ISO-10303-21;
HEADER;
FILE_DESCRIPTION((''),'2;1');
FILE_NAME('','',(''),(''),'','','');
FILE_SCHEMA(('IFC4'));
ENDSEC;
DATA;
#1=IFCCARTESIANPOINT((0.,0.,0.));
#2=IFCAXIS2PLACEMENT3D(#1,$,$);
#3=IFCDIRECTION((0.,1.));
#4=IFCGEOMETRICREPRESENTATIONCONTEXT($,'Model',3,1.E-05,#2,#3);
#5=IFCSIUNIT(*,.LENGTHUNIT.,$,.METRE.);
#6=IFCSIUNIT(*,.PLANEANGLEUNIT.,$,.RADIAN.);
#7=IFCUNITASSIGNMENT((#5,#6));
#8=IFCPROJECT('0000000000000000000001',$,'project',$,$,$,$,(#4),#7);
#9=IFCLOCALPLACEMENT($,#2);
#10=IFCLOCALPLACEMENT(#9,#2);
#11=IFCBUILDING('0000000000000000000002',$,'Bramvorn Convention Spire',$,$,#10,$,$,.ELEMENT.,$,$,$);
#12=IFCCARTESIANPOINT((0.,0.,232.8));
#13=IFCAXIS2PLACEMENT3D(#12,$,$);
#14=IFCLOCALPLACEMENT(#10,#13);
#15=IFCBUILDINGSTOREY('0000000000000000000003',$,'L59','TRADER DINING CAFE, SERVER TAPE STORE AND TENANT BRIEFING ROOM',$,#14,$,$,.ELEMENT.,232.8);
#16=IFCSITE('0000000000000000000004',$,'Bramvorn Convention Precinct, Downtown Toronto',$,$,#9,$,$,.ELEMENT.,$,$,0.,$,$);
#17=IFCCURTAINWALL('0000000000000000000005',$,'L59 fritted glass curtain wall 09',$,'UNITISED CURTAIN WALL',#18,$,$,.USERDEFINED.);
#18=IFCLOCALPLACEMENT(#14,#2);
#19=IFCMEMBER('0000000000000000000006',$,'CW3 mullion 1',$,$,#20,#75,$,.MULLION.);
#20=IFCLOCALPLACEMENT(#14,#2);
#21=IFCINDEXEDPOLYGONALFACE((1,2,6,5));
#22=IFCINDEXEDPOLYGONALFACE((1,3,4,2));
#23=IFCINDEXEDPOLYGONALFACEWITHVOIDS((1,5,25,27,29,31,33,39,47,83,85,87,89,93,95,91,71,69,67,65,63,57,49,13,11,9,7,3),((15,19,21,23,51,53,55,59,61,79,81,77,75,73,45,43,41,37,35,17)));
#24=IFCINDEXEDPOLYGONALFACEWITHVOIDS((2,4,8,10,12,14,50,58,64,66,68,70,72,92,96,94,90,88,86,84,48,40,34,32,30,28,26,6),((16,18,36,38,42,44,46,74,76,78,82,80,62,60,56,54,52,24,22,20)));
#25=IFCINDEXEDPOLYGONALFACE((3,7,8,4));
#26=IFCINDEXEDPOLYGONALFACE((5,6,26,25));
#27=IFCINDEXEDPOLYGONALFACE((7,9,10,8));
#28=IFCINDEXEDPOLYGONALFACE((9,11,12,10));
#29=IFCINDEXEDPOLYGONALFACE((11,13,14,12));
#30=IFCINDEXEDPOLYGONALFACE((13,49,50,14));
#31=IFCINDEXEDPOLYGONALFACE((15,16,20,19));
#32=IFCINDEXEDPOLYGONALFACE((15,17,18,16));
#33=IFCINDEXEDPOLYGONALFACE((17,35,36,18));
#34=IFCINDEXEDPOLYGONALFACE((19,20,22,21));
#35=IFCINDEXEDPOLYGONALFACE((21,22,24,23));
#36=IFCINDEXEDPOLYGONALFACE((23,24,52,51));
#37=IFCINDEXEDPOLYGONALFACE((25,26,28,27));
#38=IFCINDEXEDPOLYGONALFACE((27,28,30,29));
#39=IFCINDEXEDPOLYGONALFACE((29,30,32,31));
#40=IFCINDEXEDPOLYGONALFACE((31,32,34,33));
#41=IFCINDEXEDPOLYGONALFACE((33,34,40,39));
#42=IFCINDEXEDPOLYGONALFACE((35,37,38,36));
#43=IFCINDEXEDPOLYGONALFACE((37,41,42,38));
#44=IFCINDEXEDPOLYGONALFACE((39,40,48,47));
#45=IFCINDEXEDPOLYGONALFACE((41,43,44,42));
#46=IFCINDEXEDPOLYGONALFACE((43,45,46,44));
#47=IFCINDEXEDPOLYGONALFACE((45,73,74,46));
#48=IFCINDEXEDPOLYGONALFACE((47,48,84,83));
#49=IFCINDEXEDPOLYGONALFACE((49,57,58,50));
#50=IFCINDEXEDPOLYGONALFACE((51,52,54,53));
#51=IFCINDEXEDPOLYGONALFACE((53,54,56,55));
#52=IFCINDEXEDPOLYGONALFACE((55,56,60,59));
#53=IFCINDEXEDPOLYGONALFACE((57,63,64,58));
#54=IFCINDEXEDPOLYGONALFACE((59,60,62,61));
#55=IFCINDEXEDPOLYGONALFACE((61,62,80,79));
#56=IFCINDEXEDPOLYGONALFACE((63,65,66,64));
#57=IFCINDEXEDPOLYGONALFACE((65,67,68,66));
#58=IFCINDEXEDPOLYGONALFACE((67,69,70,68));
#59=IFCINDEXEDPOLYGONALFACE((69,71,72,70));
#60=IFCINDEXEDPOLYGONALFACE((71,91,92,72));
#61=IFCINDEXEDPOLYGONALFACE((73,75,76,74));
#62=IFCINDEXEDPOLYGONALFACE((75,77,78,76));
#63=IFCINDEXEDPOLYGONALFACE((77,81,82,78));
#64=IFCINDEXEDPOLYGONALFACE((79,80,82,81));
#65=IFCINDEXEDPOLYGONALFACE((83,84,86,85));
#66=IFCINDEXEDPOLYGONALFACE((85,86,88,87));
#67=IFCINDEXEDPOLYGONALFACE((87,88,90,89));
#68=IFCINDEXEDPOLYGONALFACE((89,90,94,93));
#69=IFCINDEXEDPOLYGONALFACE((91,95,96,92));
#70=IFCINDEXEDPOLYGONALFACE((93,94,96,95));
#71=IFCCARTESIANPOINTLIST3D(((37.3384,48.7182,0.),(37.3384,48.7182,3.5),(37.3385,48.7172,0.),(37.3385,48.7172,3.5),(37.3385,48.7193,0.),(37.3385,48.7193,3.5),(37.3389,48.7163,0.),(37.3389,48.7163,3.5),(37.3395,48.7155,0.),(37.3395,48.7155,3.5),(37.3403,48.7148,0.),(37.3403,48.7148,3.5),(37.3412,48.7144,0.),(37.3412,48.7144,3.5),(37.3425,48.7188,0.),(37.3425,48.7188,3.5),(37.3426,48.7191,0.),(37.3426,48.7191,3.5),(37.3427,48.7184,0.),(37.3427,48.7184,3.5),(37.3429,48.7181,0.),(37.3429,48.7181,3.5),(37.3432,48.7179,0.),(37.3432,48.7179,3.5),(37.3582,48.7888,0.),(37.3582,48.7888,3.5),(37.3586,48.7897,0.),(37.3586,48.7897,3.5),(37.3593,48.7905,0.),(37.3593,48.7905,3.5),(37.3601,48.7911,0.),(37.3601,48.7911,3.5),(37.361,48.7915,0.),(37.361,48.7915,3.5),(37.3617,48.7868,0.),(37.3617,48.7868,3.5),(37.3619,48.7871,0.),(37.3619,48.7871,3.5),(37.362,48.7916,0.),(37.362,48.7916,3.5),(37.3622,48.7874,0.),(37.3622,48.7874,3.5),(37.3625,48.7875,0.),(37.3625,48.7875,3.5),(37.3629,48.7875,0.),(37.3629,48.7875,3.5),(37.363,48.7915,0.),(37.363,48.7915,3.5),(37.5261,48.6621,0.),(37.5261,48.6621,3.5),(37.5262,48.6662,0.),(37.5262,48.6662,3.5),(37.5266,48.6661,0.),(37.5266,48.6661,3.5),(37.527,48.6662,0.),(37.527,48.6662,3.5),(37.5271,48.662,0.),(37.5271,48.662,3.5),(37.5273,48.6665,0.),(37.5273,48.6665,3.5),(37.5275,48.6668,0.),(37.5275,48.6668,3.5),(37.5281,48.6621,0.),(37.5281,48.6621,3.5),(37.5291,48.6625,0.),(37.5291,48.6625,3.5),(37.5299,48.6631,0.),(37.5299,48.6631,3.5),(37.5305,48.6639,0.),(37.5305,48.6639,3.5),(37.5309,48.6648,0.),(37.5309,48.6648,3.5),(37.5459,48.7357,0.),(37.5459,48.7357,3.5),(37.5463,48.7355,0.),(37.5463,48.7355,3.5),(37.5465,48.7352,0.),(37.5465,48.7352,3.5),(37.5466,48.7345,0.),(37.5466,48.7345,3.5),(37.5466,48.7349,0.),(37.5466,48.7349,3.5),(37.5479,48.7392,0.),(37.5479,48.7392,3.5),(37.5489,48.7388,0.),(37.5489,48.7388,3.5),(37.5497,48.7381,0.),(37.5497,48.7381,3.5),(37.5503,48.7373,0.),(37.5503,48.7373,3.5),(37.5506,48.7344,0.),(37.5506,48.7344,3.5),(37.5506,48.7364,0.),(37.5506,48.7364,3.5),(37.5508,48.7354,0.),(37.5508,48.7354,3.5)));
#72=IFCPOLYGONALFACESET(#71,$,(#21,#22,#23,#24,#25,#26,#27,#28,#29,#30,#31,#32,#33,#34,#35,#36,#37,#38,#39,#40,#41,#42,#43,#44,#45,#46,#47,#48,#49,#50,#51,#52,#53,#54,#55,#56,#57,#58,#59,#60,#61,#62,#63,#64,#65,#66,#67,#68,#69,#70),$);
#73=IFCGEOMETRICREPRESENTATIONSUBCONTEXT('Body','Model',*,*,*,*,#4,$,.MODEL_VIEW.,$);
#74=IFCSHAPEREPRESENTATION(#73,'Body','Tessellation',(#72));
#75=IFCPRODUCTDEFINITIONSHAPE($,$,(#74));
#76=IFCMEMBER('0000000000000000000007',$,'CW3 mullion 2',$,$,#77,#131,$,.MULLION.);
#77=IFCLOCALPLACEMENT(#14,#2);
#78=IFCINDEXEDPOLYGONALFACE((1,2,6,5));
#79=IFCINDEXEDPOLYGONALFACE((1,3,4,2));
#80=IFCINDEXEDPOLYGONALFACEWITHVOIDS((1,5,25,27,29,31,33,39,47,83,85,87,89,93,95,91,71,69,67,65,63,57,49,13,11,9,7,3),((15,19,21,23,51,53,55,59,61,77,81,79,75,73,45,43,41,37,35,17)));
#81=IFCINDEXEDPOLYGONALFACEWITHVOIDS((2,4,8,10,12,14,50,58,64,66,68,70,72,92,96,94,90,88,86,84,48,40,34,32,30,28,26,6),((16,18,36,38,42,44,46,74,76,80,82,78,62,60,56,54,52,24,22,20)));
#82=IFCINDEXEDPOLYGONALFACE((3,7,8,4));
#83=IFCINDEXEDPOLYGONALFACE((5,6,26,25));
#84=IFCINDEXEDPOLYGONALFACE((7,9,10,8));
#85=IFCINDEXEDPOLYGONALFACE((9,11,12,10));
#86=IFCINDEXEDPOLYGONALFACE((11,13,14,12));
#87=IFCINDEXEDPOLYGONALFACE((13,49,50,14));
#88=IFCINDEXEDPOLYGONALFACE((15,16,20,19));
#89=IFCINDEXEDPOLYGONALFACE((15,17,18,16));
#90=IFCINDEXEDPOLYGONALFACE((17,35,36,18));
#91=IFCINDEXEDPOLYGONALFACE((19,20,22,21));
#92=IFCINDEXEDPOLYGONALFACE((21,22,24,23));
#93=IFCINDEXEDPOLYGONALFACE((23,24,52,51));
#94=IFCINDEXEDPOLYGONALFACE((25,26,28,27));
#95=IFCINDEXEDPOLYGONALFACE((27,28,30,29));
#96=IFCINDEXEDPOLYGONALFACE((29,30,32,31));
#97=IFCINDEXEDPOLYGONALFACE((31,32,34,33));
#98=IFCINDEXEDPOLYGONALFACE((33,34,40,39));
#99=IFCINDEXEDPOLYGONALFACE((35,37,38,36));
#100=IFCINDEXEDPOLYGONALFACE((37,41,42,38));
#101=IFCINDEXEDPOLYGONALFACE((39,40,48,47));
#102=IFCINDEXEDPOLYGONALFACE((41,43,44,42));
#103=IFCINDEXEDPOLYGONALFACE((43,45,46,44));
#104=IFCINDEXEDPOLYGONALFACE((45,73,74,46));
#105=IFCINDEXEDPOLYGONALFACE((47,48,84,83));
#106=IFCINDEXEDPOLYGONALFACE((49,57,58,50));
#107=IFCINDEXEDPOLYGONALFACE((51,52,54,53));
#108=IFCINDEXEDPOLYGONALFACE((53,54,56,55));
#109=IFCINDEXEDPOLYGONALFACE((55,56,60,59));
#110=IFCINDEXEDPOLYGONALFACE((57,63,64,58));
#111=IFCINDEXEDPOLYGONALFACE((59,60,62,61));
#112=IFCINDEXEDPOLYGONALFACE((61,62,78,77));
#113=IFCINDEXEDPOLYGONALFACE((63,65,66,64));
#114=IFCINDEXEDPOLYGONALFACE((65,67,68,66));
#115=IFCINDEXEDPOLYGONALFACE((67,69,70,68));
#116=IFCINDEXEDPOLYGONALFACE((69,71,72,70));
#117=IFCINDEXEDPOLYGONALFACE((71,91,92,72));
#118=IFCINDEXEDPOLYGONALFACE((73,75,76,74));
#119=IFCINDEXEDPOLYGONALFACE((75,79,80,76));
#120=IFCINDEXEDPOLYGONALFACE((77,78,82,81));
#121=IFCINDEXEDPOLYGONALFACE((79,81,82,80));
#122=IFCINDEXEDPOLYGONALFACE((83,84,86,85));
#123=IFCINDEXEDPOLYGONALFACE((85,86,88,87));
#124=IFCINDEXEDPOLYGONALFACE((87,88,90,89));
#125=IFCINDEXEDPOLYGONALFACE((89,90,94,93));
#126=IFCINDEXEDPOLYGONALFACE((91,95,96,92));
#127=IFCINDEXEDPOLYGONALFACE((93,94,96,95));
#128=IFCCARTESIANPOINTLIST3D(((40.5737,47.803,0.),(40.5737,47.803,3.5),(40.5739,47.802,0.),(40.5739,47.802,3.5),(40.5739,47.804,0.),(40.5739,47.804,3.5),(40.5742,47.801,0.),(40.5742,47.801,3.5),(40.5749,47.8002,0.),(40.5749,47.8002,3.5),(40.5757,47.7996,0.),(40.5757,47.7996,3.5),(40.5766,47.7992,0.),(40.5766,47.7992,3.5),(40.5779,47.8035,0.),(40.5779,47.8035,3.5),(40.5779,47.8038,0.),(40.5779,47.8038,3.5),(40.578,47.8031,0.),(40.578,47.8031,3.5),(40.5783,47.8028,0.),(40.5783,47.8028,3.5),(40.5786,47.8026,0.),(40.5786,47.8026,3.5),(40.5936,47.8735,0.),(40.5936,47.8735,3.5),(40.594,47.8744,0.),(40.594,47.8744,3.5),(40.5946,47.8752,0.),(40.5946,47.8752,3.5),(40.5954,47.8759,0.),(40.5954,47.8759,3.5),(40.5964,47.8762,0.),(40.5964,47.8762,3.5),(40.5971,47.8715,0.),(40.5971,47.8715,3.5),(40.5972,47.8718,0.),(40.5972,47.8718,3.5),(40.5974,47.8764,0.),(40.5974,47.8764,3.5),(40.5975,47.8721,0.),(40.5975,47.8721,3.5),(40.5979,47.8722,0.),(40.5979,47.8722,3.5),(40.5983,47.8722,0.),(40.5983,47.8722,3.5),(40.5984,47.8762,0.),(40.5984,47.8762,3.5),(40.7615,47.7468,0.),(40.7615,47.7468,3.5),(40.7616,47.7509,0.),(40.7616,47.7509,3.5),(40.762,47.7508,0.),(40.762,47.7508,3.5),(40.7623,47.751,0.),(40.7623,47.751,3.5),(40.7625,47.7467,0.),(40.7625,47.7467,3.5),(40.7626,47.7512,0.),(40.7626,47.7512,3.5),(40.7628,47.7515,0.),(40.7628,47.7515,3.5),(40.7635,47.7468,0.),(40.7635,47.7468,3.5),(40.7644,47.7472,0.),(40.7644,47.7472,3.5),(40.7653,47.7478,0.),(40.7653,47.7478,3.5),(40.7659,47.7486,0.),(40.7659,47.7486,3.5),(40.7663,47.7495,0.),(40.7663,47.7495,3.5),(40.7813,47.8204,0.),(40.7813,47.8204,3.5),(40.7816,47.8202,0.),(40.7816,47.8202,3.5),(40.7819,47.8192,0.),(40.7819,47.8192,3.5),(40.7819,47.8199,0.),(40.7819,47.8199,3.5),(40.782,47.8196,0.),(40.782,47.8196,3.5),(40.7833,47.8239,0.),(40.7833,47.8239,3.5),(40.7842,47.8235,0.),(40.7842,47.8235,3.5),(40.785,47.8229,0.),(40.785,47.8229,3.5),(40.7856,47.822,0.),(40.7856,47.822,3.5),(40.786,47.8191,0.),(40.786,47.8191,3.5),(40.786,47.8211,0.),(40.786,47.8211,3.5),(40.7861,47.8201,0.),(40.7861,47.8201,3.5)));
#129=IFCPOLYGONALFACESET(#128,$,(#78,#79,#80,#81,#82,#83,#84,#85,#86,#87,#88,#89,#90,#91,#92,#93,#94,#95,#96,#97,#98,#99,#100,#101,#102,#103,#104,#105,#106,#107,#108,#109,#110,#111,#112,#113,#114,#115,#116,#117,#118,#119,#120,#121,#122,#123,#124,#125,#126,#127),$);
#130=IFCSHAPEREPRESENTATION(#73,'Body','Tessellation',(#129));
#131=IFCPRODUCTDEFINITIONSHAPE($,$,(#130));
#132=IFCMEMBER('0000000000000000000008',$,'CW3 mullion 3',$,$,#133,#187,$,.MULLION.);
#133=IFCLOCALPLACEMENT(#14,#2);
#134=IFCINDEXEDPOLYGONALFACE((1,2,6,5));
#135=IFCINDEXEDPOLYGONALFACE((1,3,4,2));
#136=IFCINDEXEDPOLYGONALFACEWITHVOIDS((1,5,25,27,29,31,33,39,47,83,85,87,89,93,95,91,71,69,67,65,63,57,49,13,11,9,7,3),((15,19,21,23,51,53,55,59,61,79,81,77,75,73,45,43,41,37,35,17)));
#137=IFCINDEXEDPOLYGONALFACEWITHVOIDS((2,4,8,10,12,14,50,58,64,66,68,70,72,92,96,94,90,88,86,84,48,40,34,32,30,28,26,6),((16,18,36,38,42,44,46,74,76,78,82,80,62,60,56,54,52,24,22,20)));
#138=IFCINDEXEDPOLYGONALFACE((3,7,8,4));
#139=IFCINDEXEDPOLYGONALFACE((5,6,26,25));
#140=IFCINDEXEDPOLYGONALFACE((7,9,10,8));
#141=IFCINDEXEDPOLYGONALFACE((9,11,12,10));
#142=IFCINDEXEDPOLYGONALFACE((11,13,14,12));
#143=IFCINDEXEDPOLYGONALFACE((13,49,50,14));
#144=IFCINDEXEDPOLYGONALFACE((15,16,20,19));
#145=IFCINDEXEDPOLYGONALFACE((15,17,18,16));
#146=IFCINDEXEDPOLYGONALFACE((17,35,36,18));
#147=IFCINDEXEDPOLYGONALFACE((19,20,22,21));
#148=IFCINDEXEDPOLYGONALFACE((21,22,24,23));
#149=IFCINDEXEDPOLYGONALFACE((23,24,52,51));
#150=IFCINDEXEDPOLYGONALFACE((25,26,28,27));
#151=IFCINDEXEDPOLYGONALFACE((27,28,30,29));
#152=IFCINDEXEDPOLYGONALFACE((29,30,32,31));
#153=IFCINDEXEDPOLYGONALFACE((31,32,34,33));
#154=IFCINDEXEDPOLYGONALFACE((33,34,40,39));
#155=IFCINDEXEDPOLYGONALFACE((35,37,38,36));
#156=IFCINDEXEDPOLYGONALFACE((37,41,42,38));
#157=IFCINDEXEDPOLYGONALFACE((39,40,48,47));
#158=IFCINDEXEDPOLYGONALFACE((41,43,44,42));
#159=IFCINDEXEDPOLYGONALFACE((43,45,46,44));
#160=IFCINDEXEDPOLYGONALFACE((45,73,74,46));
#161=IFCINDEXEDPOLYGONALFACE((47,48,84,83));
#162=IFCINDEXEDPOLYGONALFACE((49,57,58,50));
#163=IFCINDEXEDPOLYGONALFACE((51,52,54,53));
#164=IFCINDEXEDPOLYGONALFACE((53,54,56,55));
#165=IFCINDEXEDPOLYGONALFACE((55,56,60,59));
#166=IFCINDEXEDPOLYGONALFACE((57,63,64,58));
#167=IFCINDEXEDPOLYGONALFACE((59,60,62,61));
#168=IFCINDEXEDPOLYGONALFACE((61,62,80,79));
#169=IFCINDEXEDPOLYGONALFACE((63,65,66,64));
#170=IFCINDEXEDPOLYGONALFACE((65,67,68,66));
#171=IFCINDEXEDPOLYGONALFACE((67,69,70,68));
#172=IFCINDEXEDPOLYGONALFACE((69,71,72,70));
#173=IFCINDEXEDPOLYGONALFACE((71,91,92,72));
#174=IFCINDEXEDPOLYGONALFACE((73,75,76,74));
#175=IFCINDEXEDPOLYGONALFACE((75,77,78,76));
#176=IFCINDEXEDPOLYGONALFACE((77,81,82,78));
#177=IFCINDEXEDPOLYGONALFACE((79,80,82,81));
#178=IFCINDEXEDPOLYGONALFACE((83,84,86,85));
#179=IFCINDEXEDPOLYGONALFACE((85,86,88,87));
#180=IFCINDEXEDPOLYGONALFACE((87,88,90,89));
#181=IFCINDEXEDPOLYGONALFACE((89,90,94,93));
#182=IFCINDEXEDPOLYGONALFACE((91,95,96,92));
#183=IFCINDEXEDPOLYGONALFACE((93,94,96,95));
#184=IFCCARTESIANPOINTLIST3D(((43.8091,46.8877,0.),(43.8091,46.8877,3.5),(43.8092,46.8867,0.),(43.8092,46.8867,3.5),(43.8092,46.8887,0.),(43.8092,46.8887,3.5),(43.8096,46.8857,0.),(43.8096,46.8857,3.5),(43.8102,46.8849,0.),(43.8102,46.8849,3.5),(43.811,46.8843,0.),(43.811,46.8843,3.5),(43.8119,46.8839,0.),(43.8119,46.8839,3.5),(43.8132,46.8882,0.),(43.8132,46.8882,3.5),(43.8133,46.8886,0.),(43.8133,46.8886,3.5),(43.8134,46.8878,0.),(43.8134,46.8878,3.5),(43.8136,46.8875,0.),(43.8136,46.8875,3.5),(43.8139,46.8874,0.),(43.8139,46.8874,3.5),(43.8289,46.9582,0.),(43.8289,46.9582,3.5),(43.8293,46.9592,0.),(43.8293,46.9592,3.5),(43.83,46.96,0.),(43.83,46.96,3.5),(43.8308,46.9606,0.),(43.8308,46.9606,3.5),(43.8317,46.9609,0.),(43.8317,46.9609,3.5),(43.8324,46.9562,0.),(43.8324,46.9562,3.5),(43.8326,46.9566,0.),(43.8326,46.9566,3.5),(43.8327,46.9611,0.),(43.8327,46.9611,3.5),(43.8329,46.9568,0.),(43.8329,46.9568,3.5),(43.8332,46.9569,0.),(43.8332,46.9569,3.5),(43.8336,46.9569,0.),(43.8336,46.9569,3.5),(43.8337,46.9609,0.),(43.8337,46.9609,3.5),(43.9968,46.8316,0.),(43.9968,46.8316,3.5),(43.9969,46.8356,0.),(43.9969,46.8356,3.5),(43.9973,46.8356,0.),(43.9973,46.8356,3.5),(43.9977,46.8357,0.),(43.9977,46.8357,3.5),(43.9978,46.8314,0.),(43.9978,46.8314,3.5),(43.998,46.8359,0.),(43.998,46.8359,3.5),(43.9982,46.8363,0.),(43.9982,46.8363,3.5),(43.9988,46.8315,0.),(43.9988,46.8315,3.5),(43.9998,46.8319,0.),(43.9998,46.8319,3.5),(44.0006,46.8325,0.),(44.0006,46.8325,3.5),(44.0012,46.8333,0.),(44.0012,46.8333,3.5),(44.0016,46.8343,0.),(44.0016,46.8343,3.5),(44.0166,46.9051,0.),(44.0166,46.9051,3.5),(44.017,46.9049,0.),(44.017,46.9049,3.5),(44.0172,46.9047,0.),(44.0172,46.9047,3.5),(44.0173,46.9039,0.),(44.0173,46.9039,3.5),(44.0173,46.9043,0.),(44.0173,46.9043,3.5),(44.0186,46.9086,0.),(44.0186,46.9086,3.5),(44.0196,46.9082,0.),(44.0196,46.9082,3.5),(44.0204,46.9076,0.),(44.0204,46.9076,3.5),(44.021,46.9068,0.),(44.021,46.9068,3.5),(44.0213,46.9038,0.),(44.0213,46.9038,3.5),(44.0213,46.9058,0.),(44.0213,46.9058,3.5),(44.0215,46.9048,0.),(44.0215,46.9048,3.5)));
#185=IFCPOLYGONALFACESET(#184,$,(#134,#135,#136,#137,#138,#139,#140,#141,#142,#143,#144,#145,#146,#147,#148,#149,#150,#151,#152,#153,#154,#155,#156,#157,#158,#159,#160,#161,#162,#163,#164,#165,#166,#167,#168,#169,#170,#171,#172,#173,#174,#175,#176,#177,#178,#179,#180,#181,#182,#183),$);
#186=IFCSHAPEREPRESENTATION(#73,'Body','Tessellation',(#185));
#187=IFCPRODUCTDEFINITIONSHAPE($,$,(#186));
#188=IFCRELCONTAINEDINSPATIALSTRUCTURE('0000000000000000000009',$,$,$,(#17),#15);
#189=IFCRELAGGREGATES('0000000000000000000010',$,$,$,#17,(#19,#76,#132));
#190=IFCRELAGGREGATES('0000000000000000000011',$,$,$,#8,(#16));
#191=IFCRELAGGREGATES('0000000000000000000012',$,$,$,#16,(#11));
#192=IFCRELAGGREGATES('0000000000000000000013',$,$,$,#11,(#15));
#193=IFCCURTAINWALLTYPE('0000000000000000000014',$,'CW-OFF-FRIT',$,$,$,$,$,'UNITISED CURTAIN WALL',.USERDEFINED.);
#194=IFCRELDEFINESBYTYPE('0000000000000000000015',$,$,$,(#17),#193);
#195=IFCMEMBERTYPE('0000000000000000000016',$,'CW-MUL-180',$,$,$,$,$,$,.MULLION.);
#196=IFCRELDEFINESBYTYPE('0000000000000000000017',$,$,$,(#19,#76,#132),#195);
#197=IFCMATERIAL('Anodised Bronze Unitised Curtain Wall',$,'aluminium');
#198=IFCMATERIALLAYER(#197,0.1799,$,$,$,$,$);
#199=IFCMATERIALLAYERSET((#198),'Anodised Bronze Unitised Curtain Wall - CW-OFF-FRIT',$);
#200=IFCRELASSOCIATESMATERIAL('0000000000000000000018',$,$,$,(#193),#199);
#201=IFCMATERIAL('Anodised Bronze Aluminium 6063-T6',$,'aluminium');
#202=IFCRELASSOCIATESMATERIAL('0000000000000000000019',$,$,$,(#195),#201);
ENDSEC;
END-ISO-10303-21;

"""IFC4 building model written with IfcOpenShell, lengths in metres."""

from ifc_helpers import new_model, si_unit, direction, frame, origin, origin_2d, place, context, subcontext, project, spatial, hollow_rectangle, extrude, material, layer, layer_set, material_profile, profile_set, type_object, element, aggregate, save


model = new_model("IFC4")

# Units and contexts
model_context = context("Model", 3, precision=1e-05, world=origin(), true_north=direction((0.0, 1.0)))
body_context = subcontext(model_context, "Body", "Model", "MODEL_VIEW")
ifc_project = project(units=[si_unit("LENGTHUNIT", "METRE"), si_unit("PLANEANGLEUNIT", "RADIAN")], contexts=[model_context])

# Site, building, storey
site_placement = place(None, origin())
site = spatial("IfcSite", under=ifc_project, at=site_placement, Name="Bramvorn Convention Precinct, Downtown Toronto", CompositionType="ELEMENT", RefElevation=0.0)
building_placement = place(site_placement, origin())
building = spatial("IfcBuilding", under=site, at=building_placement, Name="Bramvorn Convention Spire", CompositionType="ELEMENT")
storey_placement = place(building_placement, frame((0.0, 0.0, 232.8)))
storey = spatial("IfcBuildingStorey", under=building, at=storey_placement, Name="L59", Description="TRADER DINING CAFE, SERVER TAPE STORE AND TENANT BRIEFING ROOM", CompositionType="ELEMENT", Elevation=232.8)

# Curtain wall, members
ifc_material_1 = material(Name="Anodised Bronze Unitised Curtain Wall", Category="aluminium")
ifc_layer_1 = layer(ifc_material_1, 0.1799)
ifc_layer_set_1 = layer_set([ifc_layer_1], Name="Anodised Bronze Unitised Curtain Wall - CW-OFF-FRIT")
curtain_wall_type = type_object("IfcCurtainWallType", Name="CW-OFF-FRIT", ElementType="UNITISED CURTAIN WALL", PredefinedType="USERDEFINED", material=ifc_layer_set_1)
curtain_wall_1_placement = place(storey_placement, origin())
curtain_wall_1 = element("IfcCurtainWall", 1, at=curtain_wall_1_placement, inside=storey, type_object=curtain_wall_type, Name="L59 fritted glass curtain wall 09", ObjectType="UNITISED CURTAIN WALL", PredefinedType="USERDEFINED")
ifc_material_2 = material(Name="Anodised Bronze Aluminium 6063-T6", Category="aluminium")
ifc_material_profile_1 = material_profile(ifc_material_2, hollow_rectangle(XDim=0.0801, YDim=0.2, WallThickness=0.0039, InnerFilletRadius=0.001, OuterFilletRadius=0.0039, at=origin_2d()))
ifc_profile_set_1 = profile_set([ifc_material_profile_1], Name="Anodised Bronze Aluminium 6063-T6 - CWM80X200")
member_type_1 = type_object("IfcMemberType", Name="CW-MUL-180", PredefinedType="MULLION", material=ifc_profile_set_1)
member_1_placement = place(storey_placement, frame((37.4446, 48.7268, 0.0), z_axis=(0.0, 0.0, 1.0), x_axis=(0.272236, 0.96223, 0.0)))
member_1 = element("IfcMember", 2, at=member_1_placement, type_object=member_type_1, Name="CW3 mullion 1", PredefinedType="MULLION", context=body_context, shape_type="SweptSolid", body=[
    extrude(hollow_rectangle(XDim=0.0801, YDim=0.2, WallThickness=0.0039, InnerFilletRadius=0.001, OuterFilletRadius=0.0039, at=origin_2d()), origin(), (0.0, 0.0, 1.0), 3.5),
])
member_2_placement = place(storey_placement, frame((40.6799, 47.8115, 0.0), z_axis=(0.0, 0.0, 1.0), x_axis=(0.272236, 0.96223, 0.0)))
member_2 = element("IfcMember", 3, at=member_2_placement, type_object=member_type_1, Name="CW3 mullion 2", PredefinedType="MULLION", context=body_context, shape_type="SweptSolid", body=[
    extrude(hollow_rectangle(XDim=0.0801, YDim=0.2, WallThickness=0.0039, InnerFilletRadius=0.001, OuterFilletRadius=0.0039, at=origin_2d()), origin(), (0.0, 0.0, 1.0), 3.5),
])
member_3_placement = place(storey_placement, frame((43.9153, 46.8962, 0.0), z_axis=(0.0, 0.0, 1.0), x_axis=(0.272236, 0.96223, 0.0)))
member_3 = element("IfcMember", 4, at=member_3_placement, type_object=member_type_1, Name="CW3 mullion 3", PredefinedType="MULLION", context=body_context, shape_type="SweptSolid", body=[
    extrude(hollow_rectangle(XDim=0.0801, YDim=0.2, WallThickness=0.0039, InnerFilletRadius=0.001, OuterFilletRadius=0.0039, at=origin_2d()), origin(), (0.0, 0.0, 1.0), 3.5),
])

aggregate(curtain_wall_1, [member_1, member_2, member_3])

save(model, "model.ifc")
